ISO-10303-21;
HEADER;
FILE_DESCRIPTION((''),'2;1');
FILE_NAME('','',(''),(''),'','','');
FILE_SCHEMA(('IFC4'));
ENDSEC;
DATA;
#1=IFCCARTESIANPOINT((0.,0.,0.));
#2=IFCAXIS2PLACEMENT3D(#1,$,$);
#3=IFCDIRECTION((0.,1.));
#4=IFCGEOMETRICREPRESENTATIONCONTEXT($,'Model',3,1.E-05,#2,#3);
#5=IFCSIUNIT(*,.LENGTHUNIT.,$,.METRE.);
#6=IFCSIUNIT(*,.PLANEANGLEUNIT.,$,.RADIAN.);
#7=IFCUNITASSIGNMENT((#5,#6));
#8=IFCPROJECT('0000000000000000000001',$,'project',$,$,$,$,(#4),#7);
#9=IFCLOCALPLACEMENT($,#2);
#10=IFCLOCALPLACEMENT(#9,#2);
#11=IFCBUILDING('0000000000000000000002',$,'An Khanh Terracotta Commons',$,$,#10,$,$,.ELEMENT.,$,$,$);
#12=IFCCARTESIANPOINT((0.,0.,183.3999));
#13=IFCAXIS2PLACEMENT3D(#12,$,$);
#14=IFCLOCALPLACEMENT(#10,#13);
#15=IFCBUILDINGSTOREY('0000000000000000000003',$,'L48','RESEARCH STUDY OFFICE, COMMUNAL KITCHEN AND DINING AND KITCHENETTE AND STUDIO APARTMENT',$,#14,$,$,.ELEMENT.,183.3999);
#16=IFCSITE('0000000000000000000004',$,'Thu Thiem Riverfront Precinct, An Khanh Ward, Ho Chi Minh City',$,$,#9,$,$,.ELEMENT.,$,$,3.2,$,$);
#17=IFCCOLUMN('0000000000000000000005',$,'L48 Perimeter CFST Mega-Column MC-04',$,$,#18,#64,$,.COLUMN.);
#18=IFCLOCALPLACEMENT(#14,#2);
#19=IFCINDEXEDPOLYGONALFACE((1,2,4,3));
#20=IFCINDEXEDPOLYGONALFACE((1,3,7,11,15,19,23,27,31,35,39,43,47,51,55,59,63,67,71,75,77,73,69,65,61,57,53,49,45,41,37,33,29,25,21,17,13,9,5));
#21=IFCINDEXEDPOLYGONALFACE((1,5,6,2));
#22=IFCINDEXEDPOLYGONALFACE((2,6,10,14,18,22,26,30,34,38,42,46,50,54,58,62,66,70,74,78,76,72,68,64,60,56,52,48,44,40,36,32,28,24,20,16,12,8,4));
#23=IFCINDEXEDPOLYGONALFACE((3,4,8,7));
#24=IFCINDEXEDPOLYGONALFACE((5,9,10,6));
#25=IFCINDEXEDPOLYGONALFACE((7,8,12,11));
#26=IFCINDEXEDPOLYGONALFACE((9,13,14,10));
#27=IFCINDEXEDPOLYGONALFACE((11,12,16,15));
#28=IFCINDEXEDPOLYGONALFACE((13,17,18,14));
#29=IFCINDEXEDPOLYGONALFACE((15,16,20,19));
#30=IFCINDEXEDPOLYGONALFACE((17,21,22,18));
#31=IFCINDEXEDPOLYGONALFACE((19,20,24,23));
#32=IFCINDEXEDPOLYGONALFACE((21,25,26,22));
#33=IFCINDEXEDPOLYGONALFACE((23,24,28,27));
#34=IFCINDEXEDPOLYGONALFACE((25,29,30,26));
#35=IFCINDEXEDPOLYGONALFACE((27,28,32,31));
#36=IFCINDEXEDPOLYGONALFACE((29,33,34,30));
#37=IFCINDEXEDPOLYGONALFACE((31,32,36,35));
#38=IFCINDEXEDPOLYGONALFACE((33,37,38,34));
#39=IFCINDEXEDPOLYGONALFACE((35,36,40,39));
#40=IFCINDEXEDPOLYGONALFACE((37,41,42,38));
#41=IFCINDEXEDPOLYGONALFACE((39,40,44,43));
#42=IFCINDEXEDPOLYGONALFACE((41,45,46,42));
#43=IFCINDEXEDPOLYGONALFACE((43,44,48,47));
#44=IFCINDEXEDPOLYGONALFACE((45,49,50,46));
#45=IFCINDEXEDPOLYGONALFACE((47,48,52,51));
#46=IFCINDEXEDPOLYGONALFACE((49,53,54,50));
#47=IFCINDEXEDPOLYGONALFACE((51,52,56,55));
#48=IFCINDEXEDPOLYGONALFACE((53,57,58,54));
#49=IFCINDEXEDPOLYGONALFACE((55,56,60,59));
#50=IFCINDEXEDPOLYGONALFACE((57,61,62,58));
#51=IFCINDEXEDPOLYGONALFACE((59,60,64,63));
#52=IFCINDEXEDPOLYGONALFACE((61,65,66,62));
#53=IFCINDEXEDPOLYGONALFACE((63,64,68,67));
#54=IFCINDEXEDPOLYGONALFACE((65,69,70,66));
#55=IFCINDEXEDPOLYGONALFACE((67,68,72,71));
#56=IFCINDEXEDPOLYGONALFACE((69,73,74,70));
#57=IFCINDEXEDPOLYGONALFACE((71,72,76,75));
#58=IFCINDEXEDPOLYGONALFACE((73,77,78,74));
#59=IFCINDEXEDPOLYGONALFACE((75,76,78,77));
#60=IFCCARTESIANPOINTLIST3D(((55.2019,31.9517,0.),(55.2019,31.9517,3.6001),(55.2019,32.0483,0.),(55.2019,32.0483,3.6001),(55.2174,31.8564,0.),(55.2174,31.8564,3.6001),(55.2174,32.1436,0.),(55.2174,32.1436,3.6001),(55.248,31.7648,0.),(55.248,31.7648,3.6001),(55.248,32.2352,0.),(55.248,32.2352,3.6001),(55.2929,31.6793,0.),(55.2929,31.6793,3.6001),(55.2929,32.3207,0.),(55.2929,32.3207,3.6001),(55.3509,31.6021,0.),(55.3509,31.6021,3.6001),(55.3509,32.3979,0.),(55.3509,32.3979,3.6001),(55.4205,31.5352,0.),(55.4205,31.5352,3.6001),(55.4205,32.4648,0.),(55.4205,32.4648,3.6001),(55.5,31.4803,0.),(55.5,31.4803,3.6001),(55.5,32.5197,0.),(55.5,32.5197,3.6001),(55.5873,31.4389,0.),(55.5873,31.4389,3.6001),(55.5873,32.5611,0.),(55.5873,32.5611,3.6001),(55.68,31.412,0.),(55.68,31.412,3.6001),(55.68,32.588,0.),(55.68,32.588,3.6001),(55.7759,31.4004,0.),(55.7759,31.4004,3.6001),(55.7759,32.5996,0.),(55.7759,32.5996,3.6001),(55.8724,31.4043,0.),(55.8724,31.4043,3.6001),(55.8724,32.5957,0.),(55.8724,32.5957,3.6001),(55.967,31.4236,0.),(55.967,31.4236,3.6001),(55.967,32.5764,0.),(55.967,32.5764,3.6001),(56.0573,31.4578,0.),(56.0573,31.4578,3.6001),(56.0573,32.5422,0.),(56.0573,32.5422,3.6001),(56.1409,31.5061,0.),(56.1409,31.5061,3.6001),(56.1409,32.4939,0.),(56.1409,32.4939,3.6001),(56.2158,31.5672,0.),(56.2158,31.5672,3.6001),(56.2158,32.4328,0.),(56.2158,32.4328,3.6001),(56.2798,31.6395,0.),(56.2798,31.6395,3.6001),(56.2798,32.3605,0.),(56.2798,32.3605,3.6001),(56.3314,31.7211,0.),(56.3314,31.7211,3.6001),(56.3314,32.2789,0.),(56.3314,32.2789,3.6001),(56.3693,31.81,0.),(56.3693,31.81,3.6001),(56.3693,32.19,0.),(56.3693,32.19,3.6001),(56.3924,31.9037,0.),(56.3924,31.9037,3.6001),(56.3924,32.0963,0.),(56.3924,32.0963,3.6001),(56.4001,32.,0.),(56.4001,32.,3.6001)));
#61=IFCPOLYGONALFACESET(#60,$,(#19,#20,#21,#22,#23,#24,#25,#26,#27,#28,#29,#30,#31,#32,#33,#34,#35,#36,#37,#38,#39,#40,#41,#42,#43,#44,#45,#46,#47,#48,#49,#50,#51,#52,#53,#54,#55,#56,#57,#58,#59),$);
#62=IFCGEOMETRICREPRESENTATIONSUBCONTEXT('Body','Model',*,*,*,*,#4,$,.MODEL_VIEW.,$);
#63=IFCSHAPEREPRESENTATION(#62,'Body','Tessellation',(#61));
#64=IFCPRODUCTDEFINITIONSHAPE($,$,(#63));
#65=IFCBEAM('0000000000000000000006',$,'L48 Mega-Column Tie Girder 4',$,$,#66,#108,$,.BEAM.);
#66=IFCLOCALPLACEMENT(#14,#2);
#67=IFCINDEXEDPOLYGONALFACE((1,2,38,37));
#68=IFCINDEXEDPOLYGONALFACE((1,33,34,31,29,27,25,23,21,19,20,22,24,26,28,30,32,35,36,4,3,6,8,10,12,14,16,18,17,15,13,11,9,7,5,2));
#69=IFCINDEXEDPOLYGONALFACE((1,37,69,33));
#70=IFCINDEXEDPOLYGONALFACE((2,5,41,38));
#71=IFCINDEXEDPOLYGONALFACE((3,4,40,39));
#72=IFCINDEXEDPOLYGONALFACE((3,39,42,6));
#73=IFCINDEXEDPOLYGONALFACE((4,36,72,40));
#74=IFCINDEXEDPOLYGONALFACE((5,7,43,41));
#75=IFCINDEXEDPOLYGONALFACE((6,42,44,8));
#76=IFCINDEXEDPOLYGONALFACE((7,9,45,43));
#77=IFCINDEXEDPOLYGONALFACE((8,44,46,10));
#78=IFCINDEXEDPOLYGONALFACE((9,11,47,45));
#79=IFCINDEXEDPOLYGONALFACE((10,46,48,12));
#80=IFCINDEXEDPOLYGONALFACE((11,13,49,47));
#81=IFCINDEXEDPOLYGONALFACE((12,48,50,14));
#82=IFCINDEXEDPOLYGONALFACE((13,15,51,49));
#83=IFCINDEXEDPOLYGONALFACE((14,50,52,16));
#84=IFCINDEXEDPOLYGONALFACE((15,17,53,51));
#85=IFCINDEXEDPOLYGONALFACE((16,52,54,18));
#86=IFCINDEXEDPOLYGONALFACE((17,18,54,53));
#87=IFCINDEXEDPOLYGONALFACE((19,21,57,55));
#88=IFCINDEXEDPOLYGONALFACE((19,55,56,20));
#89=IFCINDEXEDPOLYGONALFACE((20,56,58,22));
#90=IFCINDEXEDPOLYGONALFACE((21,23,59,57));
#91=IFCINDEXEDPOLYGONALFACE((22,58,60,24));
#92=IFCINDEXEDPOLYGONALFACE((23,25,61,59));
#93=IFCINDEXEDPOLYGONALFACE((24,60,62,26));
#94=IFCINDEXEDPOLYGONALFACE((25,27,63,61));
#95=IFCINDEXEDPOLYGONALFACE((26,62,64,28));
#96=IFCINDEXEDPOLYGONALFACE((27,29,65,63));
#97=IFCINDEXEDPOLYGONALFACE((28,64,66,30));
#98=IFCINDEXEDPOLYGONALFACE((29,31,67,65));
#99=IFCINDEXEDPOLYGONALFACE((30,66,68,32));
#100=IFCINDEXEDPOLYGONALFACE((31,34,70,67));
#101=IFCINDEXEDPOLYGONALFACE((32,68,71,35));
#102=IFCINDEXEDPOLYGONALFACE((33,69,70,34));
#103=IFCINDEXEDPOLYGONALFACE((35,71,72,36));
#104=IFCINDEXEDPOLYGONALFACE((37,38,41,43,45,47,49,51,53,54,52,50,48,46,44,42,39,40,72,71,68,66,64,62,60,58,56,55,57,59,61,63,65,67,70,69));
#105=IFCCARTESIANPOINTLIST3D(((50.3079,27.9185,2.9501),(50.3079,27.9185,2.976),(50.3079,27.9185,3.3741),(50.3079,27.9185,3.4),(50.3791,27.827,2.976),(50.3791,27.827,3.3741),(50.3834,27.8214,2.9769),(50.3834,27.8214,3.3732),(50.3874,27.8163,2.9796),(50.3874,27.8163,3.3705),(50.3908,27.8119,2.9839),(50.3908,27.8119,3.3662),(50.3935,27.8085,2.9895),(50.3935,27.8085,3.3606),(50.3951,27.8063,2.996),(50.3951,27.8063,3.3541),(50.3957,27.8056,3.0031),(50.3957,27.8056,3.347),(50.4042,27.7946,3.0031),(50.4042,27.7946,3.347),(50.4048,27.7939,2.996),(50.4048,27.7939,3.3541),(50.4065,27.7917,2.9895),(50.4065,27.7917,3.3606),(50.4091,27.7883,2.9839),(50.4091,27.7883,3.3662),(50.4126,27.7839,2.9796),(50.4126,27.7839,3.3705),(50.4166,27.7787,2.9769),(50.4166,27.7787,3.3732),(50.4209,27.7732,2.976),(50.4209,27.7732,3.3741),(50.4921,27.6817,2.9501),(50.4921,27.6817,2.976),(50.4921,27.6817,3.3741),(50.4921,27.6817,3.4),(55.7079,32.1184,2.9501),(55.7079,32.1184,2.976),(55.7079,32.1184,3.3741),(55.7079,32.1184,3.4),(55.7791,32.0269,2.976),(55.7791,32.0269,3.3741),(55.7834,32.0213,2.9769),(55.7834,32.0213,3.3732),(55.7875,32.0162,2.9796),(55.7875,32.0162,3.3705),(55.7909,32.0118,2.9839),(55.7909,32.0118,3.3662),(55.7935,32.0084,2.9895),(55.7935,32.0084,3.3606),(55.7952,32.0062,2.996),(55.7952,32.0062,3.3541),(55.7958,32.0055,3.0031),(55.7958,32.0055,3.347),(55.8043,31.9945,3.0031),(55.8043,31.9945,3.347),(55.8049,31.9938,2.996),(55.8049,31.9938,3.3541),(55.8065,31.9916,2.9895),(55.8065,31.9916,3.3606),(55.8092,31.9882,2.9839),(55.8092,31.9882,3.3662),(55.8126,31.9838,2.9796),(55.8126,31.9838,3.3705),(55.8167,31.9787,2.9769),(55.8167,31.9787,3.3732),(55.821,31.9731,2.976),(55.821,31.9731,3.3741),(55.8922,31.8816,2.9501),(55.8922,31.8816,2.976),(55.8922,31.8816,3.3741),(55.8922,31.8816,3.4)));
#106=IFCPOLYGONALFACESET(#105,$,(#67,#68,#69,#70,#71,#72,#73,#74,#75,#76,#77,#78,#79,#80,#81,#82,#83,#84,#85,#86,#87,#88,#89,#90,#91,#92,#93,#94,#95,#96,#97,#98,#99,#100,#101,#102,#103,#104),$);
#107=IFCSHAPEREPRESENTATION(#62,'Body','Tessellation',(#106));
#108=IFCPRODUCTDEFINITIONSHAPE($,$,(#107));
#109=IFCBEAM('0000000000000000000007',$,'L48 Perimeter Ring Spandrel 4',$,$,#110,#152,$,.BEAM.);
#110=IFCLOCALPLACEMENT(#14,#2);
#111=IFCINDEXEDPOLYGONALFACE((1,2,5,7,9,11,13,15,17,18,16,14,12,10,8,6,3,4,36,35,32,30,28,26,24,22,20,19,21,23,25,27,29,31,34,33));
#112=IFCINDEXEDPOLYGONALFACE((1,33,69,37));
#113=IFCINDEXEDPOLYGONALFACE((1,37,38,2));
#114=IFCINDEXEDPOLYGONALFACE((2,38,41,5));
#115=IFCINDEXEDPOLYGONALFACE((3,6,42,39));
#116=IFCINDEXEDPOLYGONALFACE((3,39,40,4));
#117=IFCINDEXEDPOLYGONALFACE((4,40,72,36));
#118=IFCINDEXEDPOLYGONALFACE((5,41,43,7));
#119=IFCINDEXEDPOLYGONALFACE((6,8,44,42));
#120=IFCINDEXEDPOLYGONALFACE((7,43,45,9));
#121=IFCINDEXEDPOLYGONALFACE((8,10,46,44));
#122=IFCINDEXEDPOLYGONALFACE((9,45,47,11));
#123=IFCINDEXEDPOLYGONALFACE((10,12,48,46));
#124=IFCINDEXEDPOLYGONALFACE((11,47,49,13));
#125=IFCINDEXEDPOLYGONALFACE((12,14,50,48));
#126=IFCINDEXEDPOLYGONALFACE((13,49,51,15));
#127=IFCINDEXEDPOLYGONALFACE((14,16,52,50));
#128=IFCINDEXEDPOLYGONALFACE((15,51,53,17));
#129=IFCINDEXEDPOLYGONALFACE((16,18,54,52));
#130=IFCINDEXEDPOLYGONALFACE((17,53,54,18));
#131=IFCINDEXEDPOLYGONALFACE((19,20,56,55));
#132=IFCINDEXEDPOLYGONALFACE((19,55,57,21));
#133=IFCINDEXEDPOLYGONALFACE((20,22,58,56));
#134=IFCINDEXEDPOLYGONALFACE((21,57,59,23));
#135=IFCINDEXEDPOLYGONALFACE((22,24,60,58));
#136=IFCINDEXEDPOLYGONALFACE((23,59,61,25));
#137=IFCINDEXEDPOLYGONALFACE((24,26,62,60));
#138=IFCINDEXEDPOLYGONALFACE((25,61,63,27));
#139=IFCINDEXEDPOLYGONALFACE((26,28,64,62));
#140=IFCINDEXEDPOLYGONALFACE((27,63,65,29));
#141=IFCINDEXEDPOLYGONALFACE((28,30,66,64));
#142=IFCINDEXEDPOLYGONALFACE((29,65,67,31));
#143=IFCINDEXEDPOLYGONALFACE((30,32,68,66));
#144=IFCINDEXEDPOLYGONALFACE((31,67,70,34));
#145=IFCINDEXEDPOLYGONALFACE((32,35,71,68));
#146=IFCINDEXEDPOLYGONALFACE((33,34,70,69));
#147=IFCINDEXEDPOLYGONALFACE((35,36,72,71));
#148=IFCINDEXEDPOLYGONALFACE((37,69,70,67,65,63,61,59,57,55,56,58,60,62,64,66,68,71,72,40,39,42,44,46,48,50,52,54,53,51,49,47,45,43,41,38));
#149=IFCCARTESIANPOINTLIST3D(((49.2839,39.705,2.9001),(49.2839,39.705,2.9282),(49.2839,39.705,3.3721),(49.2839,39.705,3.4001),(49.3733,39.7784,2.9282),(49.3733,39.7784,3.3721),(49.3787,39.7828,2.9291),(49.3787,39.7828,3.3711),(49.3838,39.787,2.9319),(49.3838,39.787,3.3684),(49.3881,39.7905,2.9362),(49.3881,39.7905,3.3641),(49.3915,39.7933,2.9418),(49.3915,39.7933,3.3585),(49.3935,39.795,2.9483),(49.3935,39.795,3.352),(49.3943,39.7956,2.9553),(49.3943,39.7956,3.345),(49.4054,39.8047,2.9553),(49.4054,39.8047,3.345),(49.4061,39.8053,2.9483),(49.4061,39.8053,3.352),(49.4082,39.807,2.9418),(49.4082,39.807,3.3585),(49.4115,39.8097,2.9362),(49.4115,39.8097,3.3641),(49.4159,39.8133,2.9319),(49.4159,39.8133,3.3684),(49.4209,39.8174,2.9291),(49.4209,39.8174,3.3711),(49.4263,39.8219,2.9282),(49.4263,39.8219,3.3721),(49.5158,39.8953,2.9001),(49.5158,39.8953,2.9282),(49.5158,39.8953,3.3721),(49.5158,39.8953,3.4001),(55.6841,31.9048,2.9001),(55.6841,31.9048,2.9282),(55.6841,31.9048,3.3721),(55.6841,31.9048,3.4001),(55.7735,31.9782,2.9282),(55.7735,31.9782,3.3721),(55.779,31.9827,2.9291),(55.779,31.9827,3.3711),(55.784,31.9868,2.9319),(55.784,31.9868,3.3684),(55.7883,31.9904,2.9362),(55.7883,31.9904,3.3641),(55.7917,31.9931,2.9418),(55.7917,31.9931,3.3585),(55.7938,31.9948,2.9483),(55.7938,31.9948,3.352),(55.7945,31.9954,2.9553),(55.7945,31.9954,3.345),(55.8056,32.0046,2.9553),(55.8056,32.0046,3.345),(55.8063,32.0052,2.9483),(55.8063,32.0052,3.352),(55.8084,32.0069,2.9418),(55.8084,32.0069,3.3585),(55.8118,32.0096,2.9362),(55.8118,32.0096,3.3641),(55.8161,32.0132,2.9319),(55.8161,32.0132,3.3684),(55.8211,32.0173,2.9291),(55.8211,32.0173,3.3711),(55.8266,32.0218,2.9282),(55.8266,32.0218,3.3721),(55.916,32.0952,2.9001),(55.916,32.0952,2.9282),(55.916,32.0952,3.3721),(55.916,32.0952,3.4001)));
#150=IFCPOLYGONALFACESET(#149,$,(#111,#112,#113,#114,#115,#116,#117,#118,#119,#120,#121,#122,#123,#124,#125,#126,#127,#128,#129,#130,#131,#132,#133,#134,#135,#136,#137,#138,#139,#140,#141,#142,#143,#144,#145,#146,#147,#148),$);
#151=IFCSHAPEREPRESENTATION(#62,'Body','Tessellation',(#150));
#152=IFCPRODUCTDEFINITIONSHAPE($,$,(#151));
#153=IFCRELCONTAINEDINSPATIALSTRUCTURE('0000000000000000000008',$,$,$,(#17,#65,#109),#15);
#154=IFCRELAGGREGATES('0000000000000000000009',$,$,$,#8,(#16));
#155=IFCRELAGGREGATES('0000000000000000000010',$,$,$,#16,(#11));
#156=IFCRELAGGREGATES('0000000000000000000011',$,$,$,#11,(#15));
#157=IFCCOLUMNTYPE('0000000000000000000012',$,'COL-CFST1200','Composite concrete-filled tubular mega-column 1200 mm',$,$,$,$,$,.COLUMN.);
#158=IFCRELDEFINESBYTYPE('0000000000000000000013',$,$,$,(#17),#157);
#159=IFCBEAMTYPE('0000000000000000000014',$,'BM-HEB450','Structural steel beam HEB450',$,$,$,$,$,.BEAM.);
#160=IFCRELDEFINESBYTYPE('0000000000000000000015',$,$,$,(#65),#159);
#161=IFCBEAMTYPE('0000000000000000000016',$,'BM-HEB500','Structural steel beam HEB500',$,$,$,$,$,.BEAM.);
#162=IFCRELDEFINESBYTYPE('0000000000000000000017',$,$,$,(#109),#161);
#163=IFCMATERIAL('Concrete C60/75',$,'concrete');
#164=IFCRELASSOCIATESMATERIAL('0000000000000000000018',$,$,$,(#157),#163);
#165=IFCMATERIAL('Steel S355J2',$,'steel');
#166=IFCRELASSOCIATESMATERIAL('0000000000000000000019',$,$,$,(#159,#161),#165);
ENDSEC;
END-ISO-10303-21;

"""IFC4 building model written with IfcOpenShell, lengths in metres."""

from ifc_helpers import new_model, si_unit, direction, frame, origin, origin_2d, place, context, subcontext, project, spatial, circle, i_section, extrude, material, material_profile, profile_set, type_object, element, save


model = new_model("IFC4")

# Units and contexts
model_context = context("Model", 3, precision=1e-05, world=origin(), true_north=direction((0.0, 1.0)))
body_context = subcontext(model_context, "Body", "Model", "MODEL_VIEW")
ifc_project = project(units=[si_unit("LENGTHUNIT", "METRE"), si_unit("PLANEANGLEUNIT", "RADIAN")], contexts=[model_context])

# Site, building, storey
site_placement = place(None, origin())
site = spatial("IfcSite", under=ifc_project, at=site_placement, Name="Thu Thiem Riverfront Precinct, An Khanh Ward, Ho Chi Minh City", CompositionType="ELEMENT", RefElevation=3.2)
building_placement = place(site_placement, origin())
building = spatial("IfcBuilding", under=site, at=building_placement, Name="An Khanh Terracotta Commons", CompositionType="ELEMENT")
storey_placement = place(building_placement, frame((0.0, 0.0, 183.3999)))
storey = spatial("IfcBuildingStorey", under=building, at=storey_placement, Name="L48", Description="RESEARCH STUDY OFFICE, COMMUNAL KITCHEN AND DINING AND KITCHENETTE AND STUDIO APARTMENT", CompositionType="ELEMENT", Elevation=183.3999)

# Column
ifc_material_1 = material(Name="Concrete C60/75", Category="concrete")
ifc_material_profile_1 = material_profile(ifc_material_1, circle(Radius=0.6001, at=origin_2d()), Name="CFST1200")
ifc_profile_set_1 = profile_set([ifc_material_profile_1], Name="Concrete C60/75")
column_type = type_object("IfcColumnType", Name="COL-CFST1200", Description="Composite concrete-filled tubular mega-column 1200 mm", PredefinedType="COLUMN", material=ifc_profile_set_1)
column_placement = place(storey_placement, frame((55.8, 32.0, 0.0), z_axis=(0.0, 0.0, 1.0), x_axis=(1.0, 0.0, 0.0)))
element("IfcColumn", 1, at=column_placement, inside=storey, type_object=column_type, Name="L48 Perimeter CFST Mega-Column MC-04", PredefinedType="COLUMN", context=body_context, shape_type="SweptSolid", body=[
    extrude(circle(Radius=0.6001, at=origin_2d()), origin(), (0.0, 0.0, 1.0), 3.6001),
])

# Beams
ifc_material_2 = material(Name="Steel S355J2", Category="steel")
ifc_material_profile_2 = material_profile(ifc_material_2, i_section(OverallWidth=0.3, OverallDepth=0.45, WebThickness=0.0139, FlangeThickness=0.0259, FilletRadius=0.0271, at=origin_2d()), Name="HEB450")
ifc_profile_set_2 = profile_set([ifc_material_profile_2], Name="Steel S355J2")
beam_type_1 = type_object("IfcBeamType", Name="BM-HEB450", Description="Structural steel beam HEB450", PredefinedType="BEAM", material=ifc_profile_set_2)
beam_1_placement = place(storey_placement, frame((55.8, 32.0, 3.175), z_axis=(-0.789364, -0.613926, 0.0), x_axis=(0.613926, -0.789364, 0.0)))
element("IfcBeam", 2, at=beam_1_placement, inside=storey, type_object=beam_type_1, Name="L48 Mega-Column Tie Girder 4", PredefinedType="BEAM", context=body_context, shape_type="SweptSolid", body=[
    extrude(i_section(OverallWidth=0.3, OverallDepth=0.45, WebThickness=0.0139, FlangeThickness=0.0259, FilletRadius=0.0271, at=origin_2d()), origin(), (0.0, 0.0, 1.0), 6.8411),
])
ifc_material_profile_3 = material_profile(ifc_material_2, i_section(OverallWidth=0.3, OverallDepth=0.5, WebThickness=0.0144, FlangeThickness=0.0281, FilletRadius=0.0271, at=origin_2d()), Name="HEB500")
ifc_profile_set_3 = profile_set([ifc_material_profile_3], Name="Steel S355J2")
beam_type_2 = type_object("IfcBeamType", Name="BM-HEB500", Description="Structural steel beam HEB500", PredefinedType="BEAM", material=ifc_profile_set_3)
beam_2_placement = place(storey_placement, frame((55.8, 32.0, 3.1501), z_axis=(-0.634323, 0.773068, 0.0), x_axis=(-0.773068, -0.634323, 0.0)))
element("IfcBeam", 3, at=beam_2_placement, inside=storey, type_object=beam_type_2, Name="L48 Perimeter Ring Spandrel 4", PredefinedType="BEAM", context=body_context, shape_type="SweptSolid", body=[
    extrude(i_section(OverallWidth=0.3, OverallDepth=0.5, WebThickness=0.0144, FlangeThickness=0.0281, FilletRadius=0.0271, at=origin_2d()), origin(), (0.0, 0.0, 1.0), 10.0898),
])

save(model, "model.ifc")
